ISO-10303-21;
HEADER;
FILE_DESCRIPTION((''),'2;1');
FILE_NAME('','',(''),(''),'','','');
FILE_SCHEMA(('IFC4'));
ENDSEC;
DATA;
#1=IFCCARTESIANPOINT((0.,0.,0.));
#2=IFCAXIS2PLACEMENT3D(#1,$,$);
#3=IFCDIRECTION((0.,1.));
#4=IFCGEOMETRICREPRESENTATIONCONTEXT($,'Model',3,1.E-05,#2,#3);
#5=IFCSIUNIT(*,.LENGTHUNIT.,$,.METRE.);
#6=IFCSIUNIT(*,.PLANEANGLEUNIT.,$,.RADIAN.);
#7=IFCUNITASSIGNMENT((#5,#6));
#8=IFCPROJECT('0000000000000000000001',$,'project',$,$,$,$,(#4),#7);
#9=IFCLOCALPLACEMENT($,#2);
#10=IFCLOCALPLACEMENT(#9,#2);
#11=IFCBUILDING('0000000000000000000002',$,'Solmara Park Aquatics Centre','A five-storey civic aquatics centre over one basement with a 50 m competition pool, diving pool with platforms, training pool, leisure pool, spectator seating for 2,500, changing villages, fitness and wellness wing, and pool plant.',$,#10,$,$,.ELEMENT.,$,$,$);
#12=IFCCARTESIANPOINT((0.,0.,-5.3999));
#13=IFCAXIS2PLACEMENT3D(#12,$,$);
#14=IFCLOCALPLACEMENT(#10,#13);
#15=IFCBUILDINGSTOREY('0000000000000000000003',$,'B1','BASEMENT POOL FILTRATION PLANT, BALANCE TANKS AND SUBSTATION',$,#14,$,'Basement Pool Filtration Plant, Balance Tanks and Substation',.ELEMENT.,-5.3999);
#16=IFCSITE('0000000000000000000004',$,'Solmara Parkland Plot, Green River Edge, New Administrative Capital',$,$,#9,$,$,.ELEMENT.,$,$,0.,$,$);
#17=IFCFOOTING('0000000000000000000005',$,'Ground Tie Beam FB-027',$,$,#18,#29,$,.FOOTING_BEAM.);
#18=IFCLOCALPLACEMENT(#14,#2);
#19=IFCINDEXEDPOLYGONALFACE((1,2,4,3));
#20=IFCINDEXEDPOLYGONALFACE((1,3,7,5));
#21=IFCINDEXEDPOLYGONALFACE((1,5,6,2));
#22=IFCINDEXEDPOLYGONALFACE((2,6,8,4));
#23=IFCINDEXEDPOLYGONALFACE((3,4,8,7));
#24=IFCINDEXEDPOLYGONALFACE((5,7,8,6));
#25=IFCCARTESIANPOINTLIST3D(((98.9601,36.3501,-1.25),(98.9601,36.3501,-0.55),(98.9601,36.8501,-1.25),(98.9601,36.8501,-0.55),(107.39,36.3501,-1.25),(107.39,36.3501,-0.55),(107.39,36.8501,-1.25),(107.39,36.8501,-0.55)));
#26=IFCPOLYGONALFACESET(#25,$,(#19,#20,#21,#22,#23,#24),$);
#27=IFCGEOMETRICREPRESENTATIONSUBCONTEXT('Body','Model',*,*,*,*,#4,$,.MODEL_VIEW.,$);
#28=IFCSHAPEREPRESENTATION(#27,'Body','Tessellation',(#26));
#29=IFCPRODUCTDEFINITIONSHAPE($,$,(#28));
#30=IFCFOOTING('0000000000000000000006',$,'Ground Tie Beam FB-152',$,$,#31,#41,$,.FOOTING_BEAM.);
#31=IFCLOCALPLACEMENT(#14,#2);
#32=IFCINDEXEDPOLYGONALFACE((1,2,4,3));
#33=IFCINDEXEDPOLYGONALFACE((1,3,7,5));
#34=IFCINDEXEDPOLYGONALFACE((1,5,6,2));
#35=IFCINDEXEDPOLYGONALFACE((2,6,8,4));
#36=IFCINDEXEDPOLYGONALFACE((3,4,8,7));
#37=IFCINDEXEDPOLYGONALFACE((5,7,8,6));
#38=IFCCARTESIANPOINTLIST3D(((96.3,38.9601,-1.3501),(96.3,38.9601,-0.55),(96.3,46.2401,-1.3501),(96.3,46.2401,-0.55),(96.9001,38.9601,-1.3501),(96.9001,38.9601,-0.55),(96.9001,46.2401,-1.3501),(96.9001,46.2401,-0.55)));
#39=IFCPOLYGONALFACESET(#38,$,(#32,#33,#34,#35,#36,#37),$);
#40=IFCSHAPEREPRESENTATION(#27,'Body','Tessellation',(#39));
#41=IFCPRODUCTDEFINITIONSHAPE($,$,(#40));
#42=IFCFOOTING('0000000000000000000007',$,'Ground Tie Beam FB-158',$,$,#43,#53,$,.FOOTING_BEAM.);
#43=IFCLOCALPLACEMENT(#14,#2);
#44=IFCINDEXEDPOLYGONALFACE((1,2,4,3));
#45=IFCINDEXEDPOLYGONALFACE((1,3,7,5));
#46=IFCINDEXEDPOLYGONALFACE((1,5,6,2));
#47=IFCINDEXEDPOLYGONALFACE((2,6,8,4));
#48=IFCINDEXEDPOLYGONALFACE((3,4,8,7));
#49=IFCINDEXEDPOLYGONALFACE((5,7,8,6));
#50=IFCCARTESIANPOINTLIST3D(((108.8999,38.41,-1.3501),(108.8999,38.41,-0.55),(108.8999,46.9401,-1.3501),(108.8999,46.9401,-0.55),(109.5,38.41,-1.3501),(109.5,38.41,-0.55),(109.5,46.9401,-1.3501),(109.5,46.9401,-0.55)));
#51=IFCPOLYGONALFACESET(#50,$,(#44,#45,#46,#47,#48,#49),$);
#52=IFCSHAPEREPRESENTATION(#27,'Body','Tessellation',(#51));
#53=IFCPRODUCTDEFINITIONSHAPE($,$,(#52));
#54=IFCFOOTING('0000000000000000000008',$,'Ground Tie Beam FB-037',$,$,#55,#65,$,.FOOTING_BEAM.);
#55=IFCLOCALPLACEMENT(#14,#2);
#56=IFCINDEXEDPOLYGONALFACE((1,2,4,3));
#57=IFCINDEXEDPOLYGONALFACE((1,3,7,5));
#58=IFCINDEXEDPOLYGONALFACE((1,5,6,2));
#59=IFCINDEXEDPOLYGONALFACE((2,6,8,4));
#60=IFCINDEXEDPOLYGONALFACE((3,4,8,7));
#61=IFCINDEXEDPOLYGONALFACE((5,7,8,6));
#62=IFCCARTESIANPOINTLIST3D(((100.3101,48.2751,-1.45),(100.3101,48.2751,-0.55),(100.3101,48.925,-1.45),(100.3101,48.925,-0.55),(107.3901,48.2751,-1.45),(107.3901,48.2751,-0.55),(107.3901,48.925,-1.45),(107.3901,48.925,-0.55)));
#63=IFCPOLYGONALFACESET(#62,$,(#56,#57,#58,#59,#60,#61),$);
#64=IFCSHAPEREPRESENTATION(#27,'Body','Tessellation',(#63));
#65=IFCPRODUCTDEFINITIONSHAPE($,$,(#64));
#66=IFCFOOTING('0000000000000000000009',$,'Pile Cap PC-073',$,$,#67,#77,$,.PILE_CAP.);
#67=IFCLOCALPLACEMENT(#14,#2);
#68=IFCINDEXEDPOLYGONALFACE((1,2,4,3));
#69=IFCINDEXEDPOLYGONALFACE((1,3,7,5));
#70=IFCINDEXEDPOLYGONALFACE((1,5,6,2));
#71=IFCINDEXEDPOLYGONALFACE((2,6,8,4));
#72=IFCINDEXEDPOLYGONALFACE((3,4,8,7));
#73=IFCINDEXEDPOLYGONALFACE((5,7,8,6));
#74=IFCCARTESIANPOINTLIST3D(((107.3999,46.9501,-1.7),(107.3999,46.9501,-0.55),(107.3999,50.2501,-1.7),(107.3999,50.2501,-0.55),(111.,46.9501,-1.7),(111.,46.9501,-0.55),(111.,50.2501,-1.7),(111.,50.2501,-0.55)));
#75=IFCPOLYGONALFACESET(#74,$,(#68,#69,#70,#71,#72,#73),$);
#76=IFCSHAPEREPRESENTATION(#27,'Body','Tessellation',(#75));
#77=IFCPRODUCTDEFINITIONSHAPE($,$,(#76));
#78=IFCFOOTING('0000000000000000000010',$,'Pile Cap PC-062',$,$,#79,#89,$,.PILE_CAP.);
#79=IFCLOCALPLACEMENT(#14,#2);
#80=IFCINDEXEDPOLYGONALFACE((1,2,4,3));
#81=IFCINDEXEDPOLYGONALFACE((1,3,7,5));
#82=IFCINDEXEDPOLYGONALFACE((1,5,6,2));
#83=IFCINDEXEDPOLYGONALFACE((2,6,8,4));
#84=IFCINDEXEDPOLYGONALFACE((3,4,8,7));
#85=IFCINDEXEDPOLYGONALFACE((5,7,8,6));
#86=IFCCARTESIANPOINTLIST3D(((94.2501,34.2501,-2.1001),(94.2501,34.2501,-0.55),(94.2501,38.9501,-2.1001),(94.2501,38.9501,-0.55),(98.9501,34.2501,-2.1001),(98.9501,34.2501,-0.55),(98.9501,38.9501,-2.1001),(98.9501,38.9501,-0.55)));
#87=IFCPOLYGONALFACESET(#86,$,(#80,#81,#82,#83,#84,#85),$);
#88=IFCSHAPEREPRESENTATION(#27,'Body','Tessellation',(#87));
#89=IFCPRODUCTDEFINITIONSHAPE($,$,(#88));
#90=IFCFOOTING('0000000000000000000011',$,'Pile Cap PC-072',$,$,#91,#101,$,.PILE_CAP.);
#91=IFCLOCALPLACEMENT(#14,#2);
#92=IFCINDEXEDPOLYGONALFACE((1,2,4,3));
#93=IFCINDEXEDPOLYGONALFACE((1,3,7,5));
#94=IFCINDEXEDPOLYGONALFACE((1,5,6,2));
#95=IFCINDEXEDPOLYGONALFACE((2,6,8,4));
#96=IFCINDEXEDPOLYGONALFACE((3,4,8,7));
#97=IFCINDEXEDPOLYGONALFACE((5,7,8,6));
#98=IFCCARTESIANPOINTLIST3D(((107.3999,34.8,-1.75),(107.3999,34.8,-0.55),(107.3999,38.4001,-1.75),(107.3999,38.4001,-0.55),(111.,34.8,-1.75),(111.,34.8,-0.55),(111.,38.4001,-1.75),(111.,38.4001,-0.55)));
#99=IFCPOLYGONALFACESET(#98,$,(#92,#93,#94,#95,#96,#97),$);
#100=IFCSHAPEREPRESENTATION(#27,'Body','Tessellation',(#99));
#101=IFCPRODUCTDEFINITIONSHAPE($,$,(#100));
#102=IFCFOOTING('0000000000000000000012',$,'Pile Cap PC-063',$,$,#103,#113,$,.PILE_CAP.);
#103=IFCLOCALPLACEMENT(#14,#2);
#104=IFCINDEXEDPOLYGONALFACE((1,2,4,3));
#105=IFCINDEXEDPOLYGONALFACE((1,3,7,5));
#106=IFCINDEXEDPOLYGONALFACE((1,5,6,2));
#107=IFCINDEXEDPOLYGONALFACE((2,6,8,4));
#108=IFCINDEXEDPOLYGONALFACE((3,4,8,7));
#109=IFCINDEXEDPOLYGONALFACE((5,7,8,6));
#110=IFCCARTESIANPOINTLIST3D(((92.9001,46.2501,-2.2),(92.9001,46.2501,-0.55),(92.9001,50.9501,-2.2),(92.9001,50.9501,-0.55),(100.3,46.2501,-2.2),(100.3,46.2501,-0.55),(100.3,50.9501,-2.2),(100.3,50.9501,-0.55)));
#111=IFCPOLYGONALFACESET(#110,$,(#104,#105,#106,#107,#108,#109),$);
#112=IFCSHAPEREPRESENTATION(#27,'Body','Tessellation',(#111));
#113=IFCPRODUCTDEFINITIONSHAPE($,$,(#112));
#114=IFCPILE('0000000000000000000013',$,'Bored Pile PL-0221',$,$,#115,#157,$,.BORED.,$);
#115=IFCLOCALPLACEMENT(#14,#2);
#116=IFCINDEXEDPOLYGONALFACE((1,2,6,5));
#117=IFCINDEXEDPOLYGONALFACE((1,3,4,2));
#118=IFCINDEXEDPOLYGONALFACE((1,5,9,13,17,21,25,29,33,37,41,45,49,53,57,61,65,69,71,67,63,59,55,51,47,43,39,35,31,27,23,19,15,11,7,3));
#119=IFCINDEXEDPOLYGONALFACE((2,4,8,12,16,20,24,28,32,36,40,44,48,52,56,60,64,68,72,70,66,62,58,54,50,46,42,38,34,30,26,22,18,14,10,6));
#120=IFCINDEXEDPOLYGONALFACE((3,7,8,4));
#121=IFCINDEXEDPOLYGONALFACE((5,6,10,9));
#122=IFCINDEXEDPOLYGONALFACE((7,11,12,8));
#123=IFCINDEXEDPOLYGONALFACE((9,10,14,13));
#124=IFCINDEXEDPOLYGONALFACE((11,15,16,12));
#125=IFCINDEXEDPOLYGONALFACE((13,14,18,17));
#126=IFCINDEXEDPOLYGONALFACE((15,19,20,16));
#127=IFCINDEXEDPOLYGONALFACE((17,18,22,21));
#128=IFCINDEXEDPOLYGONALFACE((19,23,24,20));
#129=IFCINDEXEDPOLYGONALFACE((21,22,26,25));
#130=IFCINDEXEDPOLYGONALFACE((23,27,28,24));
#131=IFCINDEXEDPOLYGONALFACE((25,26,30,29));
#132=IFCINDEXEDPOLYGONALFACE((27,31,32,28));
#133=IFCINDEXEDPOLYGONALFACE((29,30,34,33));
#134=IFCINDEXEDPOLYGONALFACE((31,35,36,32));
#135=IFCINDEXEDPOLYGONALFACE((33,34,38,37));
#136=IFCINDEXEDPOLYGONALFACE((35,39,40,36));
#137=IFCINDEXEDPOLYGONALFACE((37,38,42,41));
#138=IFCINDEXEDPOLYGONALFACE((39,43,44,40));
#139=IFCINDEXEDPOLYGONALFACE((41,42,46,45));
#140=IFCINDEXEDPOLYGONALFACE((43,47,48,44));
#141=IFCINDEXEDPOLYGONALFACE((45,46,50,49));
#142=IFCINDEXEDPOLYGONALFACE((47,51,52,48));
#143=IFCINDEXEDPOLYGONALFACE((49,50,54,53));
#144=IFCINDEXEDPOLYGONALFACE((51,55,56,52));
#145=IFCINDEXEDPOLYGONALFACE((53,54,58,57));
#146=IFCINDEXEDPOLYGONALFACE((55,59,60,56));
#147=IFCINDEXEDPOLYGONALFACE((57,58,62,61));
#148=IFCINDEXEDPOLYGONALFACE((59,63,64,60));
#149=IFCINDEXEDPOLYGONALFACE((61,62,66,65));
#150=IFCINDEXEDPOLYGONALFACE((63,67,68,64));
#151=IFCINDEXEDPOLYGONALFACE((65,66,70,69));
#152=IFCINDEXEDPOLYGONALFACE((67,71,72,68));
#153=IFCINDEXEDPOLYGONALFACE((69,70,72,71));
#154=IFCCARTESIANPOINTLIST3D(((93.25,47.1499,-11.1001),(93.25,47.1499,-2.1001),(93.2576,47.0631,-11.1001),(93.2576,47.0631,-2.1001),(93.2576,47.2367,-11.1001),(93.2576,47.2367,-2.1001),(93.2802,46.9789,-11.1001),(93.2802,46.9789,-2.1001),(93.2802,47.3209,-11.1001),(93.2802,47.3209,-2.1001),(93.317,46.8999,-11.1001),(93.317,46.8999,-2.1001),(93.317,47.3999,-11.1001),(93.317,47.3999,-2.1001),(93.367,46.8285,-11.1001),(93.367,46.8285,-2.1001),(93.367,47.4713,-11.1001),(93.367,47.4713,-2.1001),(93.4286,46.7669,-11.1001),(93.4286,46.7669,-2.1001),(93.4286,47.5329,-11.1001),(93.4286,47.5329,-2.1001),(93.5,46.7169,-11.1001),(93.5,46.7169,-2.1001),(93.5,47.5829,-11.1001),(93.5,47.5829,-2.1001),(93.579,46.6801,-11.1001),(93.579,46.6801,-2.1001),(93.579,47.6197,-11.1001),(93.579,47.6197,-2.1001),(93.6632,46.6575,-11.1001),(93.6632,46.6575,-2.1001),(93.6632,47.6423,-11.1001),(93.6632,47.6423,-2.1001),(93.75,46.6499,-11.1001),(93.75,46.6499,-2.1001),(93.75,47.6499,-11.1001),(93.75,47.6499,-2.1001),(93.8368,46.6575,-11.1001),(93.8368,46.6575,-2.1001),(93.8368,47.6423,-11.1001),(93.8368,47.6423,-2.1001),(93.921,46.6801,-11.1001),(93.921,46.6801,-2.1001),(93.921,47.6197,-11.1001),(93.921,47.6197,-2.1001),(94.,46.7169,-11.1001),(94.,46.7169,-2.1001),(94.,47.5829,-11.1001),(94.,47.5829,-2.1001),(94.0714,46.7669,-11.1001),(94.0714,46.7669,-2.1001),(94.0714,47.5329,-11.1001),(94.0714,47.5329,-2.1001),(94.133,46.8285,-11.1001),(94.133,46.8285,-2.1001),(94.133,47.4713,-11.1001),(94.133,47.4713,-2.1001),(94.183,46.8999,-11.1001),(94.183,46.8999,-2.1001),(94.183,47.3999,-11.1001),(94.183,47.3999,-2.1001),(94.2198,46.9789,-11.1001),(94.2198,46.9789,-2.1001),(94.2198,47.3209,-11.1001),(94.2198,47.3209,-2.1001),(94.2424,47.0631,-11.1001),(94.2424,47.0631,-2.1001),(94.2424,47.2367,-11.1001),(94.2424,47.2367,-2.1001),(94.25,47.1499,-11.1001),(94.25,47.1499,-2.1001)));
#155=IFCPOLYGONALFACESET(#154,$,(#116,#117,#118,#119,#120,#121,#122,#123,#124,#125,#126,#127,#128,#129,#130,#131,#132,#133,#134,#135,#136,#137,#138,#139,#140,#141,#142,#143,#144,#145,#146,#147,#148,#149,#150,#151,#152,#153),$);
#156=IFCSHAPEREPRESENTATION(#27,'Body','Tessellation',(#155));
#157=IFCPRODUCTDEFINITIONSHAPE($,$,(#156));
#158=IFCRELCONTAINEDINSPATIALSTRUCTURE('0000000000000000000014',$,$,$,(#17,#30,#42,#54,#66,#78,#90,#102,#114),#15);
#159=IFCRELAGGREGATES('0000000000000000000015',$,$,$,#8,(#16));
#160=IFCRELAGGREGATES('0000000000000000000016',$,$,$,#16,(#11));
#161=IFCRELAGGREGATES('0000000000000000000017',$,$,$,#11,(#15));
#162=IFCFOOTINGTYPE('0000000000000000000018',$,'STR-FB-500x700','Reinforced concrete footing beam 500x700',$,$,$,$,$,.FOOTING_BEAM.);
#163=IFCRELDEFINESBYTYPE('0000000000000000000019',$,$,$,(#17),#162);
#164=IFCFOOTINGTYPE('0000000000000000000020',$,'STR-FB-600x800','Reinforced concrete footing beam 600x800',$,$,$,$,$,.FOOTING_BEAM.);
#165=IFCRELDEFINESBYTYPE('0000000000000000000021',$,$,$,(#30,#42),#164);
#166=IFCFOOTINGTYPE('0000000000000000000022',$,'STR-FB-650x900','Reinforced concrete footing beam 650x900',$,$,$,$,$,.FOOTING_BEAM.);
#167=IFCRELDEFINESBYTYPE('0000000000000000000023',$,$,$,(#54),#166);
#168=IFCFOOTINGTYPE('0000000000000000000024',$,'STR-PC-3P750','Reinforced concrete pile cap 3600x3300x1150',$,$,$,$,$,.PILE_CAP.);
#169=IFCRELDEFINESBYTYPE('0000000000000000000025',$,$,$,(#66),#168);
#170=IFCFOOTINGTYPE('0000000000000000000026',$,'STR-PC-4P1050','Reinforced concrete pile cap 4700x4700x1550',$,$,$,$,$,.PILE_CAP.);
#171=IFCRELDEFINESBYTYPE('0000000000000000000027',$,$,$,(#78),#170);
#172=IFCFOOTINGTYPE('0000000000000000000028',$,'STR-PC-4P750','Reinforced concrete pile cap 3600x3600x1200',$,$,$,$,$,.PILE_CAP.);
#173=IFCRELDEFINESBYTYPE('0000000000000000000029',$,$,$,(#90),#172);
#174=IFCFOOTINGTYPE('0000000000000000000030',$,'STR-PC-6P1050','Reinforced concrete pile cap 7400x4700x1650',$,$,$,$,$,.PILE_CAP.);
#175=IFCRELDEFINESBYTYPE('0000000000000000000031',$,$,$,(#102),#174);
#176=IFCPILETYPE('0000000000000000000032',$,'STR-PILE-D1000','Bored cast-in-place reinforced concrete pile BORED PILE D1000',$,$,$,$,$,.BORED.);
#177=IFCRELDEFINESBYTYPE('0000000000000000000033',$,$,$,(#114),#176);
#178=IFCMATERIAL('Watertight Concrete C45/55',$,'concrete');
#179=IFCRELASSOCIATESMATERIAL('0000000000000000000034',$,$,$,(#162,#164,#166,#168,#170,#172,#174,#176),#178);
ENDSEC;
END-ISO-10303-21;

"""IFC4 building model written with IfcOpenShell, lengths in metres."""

from ifc_helpers import new_model, si_unit, direction, frame, origin, origin_2d, place, context, subcontext, project, spatial, rectangle, circle, extrude, material, material_profile, profile_set, type_object, element, save


model = new_model("IFC4")

# Units and contexts
model_context = context("Model", 3, precision=1e-05, world=origin(), true_north=direction((0.0, 1.0)))
body_context = subcontext(model_context, "Body", "Model", "MODEL_VIEW")
ifc_project = project(units=[si_unit("LENGTHUNIT", "METRE"), si_unit("PLANEANGLEUNIT", "RADIAN")], contexts=[model_context])

# Site, building, storey
site_placement = place(None, origin())
site = spatial("IfcSite", under=ifc_project, at=site_placement, Name="Solmara Parkland Plot, Green River Edge, New Administrative Capital", CompositionType="ELEMENT", RefElevation=0.0)
building_placement = place(site_placement, origin())
building = spatial("IfcBuilding", under=site, at=building_placement, Name="Solmara Park Aquatics Centre", Description="A five-storey civic aquatics centre over one basement with a 50 m competition pool, diving pool with platforms, training pool, leisure pool, spectator seating for 2,500, changing villages, fitness and wellness wing, and pool plant.", CompositionType="ELEMENT")
storey_placement = place(building_placement, frame((0.0, 0.0, -5.3999)))
storey = spatial("IfcBuildingStorey", under=building, at=storey_placement, Name="B1", Description="BASEMENT POOL FILTRATION PLANT, BALANCE TANKS AND SUBSTATION", LongName="Basement Pool Filtration Plant, Balance Tanks and Substation", CompositionType="ELEMENT", Elevation=-5.3999)

# Footings
ifc_material_1 = material(Name="Watertight Concrete C45/55", Category="concrete")
footing_type_1 = type_object("IfcFootingType", Name="STR-FB-500x700", Description="Reinforced concrete footing beam 500x700", PredefinedType="FOOTING_BEAM", material=ifc_material_1)
footing_1_placement = place(storey_placement, frame((103.175, 36.6001, -1.25), z_axis=(0.0, 0.0, 1.0), x_axis=(1.0, 0.0, 0.0)))
element("IfcFooting", 1, at=footing_1_placement, inside=storey, type_object=footing_type_1, Name="Ground Tie Beam FB-027", PredefinedType="FOOTING_BEAM", context=body_context, shape_type="SweptSolid", body=[
    extrude(rectangle(XDim=8.4299, YDim=0.5, at=origin_2d()), origin(), (0.0, 0.0, 1.0), 0.7),
])
footing_type_2 = type_object("IfcFootingType", Name="STR-FB-600x800", Description="Reinforced concrete footing beam 600x800", PredefinedType="FOOTING_BEAM", material=ifc_material_1)
footing_2_placement = place(storey_placement, frame((96.6001, 42.6001, -1.3501), z_axis=(0.0, 0.0, 1.0), x_axis=(1.0, 0.0, 0.0)))
element("IfcFooting", 2, at=footing_2_placement, inside=storey, type_object=footing_type_2, Name="Ground Tie Beam FB-152", PredefinedType="FOOTING_BEAM", context=body_context, shape_type="SweptSolid", body=[
    extrude(rectangle(XDim=0.6001, YDim=7.28, at=origin_2d()), origin(), (0.0, 0.0, 1.0), 0.8),
])
footing_3_placement = place(storey_placement, frame((109.2, 42.675, -1.3501), z_axis=(0.0, 0.0, 1.0), x_axis=(1.0, 0.0, 0.0)))
element("IfcFooting", 3, at=footing_3_placement, inside=storey, type_object=footing_type_2, Name="Ground Tie Beam FB-158", PredefinedType="FOOTING_BEAM", context=body_context, shape_type="SweptSolid", body=[
    extrude(rectangle(XDim=0.6001, YDim=8.53, at=origin_2d()), origin(), (0.0, 0.0, 1.0), 0.8),
])
footing_type_3 = type_object("IfcFootingType", Name="STR-FB-650x900", Description="Reinforced concrete footing beam 650x900", PredefinedType="FOOTING_BEAM", material=ifc_material_1)
footing_4_placement = place(storey_placement, frame((103.8501, 48.6001, -1.45), z_axis=(0.0, 0.0, 1.0), x_axis=(1.0, 0.0, 0.0)))
element("IfcFooting", 4, at=footing_4_placement, inside=storey, type_object=footing_type_3, Name="Ground Tie Beam FB-037", PredefinedType="FOOTING_BEAM", context=body_context, shape_type="SweptSolid", body=[
    extrude(rectangle(XDim=7.0801, YDim=0.6499, at=origin_2d()), origin(), (0.0, 0.0, 1.0), 0.8999),
])
footing_type_4 = type_object("IfcFootingType", Name="STR-PC-3P750", Description="Reinforced concrete pile cap 3600x3300x1150", PredefinedType="PILE_CAP", material=ifc_material_1)
footing_5_placement = place(storey_placement, frame((109.2, 48.6001, -1.7), z_axis=(0.0, 0.0, 1.0), x_axis=(1.0, 0.0, 0.0)))
element("IfcFooting", 5, at=footing_5_placement, inside=storey, type_object=footing_type_4, Name="Pile Cap PC-073", PredefinedType="PILE_CAP", context=body_context, shape_type="SweptSolid", body=[
    extrude(rectangle(XDim=3.6001, YDim=3.3, at=origin_2d()), origin(), (0.0, 0.0, 1.0), 1.1499),
])
footing_type_5 = type_object("IfcFootingType", Name="STR-PC-4P1050", Description="Reinforced concrete pile cap 4700x4700x1550", PredefinedType="PILE_CAP", material=ifc_material_1)
footing_6_placement = place(storey_placement, frame((96.6001, 36.6001, -2.1001), z_axis=(0.0, 0.0, 1.0), x_axis=(1.0, 0.0, 0.0)))
element("IfcFooting", 6, at=footing_6_placement, inside=storey, type_object=footing_type_5, Name="Pile Cap PC-062", PredefinedType="PILE_CAP", context=body_context, shape_type="SweptSolid", body=[
    extrude(rectangle(XDim=4.7, YDim=4.7, at=origin_2d()), origin(), (0.0, 0.0, 1.0), 1.55),
])
footing_type_6 = type_object("IfcFootingType", Name="STR-PC-4P750", Description="Reinforced concrete pile cap 3600x3600x1200", PredefinedType="PILE_CAP", material=ifc_material_1)
footing_7_placement = place(storey_placement, frame((109.2, 36.6001, -1.75), z_axis=(0.0, 0.0, 1.0), x_axis=(1.0, 0.0, 0.0)))
element("IfcFooting", 7, at=footing_7_placement, inside=storey, type_object=footing_type_6, Name="Pile Cap PC-072", PredefinedType="PILE_CAP", context=body_context, shape_type="SweptSolid", body=[
    extrude(rectangle(XDim=3.6001, YDim=3.6001, at=origin_2d()), origin(), (0.0, 0.0, 1.0), 1.2),
])
footing_type_7 = type_object("IfcFootingType", Name="STR-PC-6P1050", Description="Reinforced concrete pile cap 7400x4700x1650", PredefinedType="PILE_CAP", material=ifc_material_1)
footing_8_placement = place(storey_placement, frame((96.6001, 48.6001, -2.2), z_axis=(0.0, 0.0, 1.0), x_axis=(1.0, 0.0, 0.0)))
element("IfcFooting", 8, at=footing_8_placement, inside=storey, type_object=footing_type_7, Name="Pile Cap PC-063", PredefinedType="PILE_CAP", context=body_context, shape_type="SweptSolid", body=[
    extrude(rectangle(XDim=7.3999, YDim=4.7, at=origin_2d()), origin(), (0.0, 0.0, 1.0), 1.6499),
])

# Pile
ifc_material_profile_1 = material_profile(ifc_material_1, circle(Radius=0.5, at=origin_2d()), Name="BORED PILE D1000")
ifc_profile_set_1 = profile_set([ifc_material_profile_1], Name="Watertight Concrete C45/55")
pile_type_1 = type_object("IfcPileType", Name="STR-PILE-D1000", Description="Bored cast-in-place reinforced concrete pile BORED PILE D1000", PredefinedType="BORED", material=ifc_profile_set_1)
for number, where, z_axis, x_axis, name in (
    (9, (93.75, 47.1499, -2.1001), (0.0, 0.0, -1.0), (1.0, 0.0, 0.0), "Bored Pile PL-0221"),
):
    element("IfcPile", number, at=place(storey_placement, frame(where, z_axis=z_axis, x_axis=x_axis)), inside=storey, type_object=pile_type_1, Name=name, PredefinedType="BORED", context=body_context, shape_type="SweptSolid", body=[
        extrude(circle(Radius=0.5, at=origin_2d()), origin(), (0.0, 0.0, 1.0), 9.0),
    ])

save(model, "model.ifc")
